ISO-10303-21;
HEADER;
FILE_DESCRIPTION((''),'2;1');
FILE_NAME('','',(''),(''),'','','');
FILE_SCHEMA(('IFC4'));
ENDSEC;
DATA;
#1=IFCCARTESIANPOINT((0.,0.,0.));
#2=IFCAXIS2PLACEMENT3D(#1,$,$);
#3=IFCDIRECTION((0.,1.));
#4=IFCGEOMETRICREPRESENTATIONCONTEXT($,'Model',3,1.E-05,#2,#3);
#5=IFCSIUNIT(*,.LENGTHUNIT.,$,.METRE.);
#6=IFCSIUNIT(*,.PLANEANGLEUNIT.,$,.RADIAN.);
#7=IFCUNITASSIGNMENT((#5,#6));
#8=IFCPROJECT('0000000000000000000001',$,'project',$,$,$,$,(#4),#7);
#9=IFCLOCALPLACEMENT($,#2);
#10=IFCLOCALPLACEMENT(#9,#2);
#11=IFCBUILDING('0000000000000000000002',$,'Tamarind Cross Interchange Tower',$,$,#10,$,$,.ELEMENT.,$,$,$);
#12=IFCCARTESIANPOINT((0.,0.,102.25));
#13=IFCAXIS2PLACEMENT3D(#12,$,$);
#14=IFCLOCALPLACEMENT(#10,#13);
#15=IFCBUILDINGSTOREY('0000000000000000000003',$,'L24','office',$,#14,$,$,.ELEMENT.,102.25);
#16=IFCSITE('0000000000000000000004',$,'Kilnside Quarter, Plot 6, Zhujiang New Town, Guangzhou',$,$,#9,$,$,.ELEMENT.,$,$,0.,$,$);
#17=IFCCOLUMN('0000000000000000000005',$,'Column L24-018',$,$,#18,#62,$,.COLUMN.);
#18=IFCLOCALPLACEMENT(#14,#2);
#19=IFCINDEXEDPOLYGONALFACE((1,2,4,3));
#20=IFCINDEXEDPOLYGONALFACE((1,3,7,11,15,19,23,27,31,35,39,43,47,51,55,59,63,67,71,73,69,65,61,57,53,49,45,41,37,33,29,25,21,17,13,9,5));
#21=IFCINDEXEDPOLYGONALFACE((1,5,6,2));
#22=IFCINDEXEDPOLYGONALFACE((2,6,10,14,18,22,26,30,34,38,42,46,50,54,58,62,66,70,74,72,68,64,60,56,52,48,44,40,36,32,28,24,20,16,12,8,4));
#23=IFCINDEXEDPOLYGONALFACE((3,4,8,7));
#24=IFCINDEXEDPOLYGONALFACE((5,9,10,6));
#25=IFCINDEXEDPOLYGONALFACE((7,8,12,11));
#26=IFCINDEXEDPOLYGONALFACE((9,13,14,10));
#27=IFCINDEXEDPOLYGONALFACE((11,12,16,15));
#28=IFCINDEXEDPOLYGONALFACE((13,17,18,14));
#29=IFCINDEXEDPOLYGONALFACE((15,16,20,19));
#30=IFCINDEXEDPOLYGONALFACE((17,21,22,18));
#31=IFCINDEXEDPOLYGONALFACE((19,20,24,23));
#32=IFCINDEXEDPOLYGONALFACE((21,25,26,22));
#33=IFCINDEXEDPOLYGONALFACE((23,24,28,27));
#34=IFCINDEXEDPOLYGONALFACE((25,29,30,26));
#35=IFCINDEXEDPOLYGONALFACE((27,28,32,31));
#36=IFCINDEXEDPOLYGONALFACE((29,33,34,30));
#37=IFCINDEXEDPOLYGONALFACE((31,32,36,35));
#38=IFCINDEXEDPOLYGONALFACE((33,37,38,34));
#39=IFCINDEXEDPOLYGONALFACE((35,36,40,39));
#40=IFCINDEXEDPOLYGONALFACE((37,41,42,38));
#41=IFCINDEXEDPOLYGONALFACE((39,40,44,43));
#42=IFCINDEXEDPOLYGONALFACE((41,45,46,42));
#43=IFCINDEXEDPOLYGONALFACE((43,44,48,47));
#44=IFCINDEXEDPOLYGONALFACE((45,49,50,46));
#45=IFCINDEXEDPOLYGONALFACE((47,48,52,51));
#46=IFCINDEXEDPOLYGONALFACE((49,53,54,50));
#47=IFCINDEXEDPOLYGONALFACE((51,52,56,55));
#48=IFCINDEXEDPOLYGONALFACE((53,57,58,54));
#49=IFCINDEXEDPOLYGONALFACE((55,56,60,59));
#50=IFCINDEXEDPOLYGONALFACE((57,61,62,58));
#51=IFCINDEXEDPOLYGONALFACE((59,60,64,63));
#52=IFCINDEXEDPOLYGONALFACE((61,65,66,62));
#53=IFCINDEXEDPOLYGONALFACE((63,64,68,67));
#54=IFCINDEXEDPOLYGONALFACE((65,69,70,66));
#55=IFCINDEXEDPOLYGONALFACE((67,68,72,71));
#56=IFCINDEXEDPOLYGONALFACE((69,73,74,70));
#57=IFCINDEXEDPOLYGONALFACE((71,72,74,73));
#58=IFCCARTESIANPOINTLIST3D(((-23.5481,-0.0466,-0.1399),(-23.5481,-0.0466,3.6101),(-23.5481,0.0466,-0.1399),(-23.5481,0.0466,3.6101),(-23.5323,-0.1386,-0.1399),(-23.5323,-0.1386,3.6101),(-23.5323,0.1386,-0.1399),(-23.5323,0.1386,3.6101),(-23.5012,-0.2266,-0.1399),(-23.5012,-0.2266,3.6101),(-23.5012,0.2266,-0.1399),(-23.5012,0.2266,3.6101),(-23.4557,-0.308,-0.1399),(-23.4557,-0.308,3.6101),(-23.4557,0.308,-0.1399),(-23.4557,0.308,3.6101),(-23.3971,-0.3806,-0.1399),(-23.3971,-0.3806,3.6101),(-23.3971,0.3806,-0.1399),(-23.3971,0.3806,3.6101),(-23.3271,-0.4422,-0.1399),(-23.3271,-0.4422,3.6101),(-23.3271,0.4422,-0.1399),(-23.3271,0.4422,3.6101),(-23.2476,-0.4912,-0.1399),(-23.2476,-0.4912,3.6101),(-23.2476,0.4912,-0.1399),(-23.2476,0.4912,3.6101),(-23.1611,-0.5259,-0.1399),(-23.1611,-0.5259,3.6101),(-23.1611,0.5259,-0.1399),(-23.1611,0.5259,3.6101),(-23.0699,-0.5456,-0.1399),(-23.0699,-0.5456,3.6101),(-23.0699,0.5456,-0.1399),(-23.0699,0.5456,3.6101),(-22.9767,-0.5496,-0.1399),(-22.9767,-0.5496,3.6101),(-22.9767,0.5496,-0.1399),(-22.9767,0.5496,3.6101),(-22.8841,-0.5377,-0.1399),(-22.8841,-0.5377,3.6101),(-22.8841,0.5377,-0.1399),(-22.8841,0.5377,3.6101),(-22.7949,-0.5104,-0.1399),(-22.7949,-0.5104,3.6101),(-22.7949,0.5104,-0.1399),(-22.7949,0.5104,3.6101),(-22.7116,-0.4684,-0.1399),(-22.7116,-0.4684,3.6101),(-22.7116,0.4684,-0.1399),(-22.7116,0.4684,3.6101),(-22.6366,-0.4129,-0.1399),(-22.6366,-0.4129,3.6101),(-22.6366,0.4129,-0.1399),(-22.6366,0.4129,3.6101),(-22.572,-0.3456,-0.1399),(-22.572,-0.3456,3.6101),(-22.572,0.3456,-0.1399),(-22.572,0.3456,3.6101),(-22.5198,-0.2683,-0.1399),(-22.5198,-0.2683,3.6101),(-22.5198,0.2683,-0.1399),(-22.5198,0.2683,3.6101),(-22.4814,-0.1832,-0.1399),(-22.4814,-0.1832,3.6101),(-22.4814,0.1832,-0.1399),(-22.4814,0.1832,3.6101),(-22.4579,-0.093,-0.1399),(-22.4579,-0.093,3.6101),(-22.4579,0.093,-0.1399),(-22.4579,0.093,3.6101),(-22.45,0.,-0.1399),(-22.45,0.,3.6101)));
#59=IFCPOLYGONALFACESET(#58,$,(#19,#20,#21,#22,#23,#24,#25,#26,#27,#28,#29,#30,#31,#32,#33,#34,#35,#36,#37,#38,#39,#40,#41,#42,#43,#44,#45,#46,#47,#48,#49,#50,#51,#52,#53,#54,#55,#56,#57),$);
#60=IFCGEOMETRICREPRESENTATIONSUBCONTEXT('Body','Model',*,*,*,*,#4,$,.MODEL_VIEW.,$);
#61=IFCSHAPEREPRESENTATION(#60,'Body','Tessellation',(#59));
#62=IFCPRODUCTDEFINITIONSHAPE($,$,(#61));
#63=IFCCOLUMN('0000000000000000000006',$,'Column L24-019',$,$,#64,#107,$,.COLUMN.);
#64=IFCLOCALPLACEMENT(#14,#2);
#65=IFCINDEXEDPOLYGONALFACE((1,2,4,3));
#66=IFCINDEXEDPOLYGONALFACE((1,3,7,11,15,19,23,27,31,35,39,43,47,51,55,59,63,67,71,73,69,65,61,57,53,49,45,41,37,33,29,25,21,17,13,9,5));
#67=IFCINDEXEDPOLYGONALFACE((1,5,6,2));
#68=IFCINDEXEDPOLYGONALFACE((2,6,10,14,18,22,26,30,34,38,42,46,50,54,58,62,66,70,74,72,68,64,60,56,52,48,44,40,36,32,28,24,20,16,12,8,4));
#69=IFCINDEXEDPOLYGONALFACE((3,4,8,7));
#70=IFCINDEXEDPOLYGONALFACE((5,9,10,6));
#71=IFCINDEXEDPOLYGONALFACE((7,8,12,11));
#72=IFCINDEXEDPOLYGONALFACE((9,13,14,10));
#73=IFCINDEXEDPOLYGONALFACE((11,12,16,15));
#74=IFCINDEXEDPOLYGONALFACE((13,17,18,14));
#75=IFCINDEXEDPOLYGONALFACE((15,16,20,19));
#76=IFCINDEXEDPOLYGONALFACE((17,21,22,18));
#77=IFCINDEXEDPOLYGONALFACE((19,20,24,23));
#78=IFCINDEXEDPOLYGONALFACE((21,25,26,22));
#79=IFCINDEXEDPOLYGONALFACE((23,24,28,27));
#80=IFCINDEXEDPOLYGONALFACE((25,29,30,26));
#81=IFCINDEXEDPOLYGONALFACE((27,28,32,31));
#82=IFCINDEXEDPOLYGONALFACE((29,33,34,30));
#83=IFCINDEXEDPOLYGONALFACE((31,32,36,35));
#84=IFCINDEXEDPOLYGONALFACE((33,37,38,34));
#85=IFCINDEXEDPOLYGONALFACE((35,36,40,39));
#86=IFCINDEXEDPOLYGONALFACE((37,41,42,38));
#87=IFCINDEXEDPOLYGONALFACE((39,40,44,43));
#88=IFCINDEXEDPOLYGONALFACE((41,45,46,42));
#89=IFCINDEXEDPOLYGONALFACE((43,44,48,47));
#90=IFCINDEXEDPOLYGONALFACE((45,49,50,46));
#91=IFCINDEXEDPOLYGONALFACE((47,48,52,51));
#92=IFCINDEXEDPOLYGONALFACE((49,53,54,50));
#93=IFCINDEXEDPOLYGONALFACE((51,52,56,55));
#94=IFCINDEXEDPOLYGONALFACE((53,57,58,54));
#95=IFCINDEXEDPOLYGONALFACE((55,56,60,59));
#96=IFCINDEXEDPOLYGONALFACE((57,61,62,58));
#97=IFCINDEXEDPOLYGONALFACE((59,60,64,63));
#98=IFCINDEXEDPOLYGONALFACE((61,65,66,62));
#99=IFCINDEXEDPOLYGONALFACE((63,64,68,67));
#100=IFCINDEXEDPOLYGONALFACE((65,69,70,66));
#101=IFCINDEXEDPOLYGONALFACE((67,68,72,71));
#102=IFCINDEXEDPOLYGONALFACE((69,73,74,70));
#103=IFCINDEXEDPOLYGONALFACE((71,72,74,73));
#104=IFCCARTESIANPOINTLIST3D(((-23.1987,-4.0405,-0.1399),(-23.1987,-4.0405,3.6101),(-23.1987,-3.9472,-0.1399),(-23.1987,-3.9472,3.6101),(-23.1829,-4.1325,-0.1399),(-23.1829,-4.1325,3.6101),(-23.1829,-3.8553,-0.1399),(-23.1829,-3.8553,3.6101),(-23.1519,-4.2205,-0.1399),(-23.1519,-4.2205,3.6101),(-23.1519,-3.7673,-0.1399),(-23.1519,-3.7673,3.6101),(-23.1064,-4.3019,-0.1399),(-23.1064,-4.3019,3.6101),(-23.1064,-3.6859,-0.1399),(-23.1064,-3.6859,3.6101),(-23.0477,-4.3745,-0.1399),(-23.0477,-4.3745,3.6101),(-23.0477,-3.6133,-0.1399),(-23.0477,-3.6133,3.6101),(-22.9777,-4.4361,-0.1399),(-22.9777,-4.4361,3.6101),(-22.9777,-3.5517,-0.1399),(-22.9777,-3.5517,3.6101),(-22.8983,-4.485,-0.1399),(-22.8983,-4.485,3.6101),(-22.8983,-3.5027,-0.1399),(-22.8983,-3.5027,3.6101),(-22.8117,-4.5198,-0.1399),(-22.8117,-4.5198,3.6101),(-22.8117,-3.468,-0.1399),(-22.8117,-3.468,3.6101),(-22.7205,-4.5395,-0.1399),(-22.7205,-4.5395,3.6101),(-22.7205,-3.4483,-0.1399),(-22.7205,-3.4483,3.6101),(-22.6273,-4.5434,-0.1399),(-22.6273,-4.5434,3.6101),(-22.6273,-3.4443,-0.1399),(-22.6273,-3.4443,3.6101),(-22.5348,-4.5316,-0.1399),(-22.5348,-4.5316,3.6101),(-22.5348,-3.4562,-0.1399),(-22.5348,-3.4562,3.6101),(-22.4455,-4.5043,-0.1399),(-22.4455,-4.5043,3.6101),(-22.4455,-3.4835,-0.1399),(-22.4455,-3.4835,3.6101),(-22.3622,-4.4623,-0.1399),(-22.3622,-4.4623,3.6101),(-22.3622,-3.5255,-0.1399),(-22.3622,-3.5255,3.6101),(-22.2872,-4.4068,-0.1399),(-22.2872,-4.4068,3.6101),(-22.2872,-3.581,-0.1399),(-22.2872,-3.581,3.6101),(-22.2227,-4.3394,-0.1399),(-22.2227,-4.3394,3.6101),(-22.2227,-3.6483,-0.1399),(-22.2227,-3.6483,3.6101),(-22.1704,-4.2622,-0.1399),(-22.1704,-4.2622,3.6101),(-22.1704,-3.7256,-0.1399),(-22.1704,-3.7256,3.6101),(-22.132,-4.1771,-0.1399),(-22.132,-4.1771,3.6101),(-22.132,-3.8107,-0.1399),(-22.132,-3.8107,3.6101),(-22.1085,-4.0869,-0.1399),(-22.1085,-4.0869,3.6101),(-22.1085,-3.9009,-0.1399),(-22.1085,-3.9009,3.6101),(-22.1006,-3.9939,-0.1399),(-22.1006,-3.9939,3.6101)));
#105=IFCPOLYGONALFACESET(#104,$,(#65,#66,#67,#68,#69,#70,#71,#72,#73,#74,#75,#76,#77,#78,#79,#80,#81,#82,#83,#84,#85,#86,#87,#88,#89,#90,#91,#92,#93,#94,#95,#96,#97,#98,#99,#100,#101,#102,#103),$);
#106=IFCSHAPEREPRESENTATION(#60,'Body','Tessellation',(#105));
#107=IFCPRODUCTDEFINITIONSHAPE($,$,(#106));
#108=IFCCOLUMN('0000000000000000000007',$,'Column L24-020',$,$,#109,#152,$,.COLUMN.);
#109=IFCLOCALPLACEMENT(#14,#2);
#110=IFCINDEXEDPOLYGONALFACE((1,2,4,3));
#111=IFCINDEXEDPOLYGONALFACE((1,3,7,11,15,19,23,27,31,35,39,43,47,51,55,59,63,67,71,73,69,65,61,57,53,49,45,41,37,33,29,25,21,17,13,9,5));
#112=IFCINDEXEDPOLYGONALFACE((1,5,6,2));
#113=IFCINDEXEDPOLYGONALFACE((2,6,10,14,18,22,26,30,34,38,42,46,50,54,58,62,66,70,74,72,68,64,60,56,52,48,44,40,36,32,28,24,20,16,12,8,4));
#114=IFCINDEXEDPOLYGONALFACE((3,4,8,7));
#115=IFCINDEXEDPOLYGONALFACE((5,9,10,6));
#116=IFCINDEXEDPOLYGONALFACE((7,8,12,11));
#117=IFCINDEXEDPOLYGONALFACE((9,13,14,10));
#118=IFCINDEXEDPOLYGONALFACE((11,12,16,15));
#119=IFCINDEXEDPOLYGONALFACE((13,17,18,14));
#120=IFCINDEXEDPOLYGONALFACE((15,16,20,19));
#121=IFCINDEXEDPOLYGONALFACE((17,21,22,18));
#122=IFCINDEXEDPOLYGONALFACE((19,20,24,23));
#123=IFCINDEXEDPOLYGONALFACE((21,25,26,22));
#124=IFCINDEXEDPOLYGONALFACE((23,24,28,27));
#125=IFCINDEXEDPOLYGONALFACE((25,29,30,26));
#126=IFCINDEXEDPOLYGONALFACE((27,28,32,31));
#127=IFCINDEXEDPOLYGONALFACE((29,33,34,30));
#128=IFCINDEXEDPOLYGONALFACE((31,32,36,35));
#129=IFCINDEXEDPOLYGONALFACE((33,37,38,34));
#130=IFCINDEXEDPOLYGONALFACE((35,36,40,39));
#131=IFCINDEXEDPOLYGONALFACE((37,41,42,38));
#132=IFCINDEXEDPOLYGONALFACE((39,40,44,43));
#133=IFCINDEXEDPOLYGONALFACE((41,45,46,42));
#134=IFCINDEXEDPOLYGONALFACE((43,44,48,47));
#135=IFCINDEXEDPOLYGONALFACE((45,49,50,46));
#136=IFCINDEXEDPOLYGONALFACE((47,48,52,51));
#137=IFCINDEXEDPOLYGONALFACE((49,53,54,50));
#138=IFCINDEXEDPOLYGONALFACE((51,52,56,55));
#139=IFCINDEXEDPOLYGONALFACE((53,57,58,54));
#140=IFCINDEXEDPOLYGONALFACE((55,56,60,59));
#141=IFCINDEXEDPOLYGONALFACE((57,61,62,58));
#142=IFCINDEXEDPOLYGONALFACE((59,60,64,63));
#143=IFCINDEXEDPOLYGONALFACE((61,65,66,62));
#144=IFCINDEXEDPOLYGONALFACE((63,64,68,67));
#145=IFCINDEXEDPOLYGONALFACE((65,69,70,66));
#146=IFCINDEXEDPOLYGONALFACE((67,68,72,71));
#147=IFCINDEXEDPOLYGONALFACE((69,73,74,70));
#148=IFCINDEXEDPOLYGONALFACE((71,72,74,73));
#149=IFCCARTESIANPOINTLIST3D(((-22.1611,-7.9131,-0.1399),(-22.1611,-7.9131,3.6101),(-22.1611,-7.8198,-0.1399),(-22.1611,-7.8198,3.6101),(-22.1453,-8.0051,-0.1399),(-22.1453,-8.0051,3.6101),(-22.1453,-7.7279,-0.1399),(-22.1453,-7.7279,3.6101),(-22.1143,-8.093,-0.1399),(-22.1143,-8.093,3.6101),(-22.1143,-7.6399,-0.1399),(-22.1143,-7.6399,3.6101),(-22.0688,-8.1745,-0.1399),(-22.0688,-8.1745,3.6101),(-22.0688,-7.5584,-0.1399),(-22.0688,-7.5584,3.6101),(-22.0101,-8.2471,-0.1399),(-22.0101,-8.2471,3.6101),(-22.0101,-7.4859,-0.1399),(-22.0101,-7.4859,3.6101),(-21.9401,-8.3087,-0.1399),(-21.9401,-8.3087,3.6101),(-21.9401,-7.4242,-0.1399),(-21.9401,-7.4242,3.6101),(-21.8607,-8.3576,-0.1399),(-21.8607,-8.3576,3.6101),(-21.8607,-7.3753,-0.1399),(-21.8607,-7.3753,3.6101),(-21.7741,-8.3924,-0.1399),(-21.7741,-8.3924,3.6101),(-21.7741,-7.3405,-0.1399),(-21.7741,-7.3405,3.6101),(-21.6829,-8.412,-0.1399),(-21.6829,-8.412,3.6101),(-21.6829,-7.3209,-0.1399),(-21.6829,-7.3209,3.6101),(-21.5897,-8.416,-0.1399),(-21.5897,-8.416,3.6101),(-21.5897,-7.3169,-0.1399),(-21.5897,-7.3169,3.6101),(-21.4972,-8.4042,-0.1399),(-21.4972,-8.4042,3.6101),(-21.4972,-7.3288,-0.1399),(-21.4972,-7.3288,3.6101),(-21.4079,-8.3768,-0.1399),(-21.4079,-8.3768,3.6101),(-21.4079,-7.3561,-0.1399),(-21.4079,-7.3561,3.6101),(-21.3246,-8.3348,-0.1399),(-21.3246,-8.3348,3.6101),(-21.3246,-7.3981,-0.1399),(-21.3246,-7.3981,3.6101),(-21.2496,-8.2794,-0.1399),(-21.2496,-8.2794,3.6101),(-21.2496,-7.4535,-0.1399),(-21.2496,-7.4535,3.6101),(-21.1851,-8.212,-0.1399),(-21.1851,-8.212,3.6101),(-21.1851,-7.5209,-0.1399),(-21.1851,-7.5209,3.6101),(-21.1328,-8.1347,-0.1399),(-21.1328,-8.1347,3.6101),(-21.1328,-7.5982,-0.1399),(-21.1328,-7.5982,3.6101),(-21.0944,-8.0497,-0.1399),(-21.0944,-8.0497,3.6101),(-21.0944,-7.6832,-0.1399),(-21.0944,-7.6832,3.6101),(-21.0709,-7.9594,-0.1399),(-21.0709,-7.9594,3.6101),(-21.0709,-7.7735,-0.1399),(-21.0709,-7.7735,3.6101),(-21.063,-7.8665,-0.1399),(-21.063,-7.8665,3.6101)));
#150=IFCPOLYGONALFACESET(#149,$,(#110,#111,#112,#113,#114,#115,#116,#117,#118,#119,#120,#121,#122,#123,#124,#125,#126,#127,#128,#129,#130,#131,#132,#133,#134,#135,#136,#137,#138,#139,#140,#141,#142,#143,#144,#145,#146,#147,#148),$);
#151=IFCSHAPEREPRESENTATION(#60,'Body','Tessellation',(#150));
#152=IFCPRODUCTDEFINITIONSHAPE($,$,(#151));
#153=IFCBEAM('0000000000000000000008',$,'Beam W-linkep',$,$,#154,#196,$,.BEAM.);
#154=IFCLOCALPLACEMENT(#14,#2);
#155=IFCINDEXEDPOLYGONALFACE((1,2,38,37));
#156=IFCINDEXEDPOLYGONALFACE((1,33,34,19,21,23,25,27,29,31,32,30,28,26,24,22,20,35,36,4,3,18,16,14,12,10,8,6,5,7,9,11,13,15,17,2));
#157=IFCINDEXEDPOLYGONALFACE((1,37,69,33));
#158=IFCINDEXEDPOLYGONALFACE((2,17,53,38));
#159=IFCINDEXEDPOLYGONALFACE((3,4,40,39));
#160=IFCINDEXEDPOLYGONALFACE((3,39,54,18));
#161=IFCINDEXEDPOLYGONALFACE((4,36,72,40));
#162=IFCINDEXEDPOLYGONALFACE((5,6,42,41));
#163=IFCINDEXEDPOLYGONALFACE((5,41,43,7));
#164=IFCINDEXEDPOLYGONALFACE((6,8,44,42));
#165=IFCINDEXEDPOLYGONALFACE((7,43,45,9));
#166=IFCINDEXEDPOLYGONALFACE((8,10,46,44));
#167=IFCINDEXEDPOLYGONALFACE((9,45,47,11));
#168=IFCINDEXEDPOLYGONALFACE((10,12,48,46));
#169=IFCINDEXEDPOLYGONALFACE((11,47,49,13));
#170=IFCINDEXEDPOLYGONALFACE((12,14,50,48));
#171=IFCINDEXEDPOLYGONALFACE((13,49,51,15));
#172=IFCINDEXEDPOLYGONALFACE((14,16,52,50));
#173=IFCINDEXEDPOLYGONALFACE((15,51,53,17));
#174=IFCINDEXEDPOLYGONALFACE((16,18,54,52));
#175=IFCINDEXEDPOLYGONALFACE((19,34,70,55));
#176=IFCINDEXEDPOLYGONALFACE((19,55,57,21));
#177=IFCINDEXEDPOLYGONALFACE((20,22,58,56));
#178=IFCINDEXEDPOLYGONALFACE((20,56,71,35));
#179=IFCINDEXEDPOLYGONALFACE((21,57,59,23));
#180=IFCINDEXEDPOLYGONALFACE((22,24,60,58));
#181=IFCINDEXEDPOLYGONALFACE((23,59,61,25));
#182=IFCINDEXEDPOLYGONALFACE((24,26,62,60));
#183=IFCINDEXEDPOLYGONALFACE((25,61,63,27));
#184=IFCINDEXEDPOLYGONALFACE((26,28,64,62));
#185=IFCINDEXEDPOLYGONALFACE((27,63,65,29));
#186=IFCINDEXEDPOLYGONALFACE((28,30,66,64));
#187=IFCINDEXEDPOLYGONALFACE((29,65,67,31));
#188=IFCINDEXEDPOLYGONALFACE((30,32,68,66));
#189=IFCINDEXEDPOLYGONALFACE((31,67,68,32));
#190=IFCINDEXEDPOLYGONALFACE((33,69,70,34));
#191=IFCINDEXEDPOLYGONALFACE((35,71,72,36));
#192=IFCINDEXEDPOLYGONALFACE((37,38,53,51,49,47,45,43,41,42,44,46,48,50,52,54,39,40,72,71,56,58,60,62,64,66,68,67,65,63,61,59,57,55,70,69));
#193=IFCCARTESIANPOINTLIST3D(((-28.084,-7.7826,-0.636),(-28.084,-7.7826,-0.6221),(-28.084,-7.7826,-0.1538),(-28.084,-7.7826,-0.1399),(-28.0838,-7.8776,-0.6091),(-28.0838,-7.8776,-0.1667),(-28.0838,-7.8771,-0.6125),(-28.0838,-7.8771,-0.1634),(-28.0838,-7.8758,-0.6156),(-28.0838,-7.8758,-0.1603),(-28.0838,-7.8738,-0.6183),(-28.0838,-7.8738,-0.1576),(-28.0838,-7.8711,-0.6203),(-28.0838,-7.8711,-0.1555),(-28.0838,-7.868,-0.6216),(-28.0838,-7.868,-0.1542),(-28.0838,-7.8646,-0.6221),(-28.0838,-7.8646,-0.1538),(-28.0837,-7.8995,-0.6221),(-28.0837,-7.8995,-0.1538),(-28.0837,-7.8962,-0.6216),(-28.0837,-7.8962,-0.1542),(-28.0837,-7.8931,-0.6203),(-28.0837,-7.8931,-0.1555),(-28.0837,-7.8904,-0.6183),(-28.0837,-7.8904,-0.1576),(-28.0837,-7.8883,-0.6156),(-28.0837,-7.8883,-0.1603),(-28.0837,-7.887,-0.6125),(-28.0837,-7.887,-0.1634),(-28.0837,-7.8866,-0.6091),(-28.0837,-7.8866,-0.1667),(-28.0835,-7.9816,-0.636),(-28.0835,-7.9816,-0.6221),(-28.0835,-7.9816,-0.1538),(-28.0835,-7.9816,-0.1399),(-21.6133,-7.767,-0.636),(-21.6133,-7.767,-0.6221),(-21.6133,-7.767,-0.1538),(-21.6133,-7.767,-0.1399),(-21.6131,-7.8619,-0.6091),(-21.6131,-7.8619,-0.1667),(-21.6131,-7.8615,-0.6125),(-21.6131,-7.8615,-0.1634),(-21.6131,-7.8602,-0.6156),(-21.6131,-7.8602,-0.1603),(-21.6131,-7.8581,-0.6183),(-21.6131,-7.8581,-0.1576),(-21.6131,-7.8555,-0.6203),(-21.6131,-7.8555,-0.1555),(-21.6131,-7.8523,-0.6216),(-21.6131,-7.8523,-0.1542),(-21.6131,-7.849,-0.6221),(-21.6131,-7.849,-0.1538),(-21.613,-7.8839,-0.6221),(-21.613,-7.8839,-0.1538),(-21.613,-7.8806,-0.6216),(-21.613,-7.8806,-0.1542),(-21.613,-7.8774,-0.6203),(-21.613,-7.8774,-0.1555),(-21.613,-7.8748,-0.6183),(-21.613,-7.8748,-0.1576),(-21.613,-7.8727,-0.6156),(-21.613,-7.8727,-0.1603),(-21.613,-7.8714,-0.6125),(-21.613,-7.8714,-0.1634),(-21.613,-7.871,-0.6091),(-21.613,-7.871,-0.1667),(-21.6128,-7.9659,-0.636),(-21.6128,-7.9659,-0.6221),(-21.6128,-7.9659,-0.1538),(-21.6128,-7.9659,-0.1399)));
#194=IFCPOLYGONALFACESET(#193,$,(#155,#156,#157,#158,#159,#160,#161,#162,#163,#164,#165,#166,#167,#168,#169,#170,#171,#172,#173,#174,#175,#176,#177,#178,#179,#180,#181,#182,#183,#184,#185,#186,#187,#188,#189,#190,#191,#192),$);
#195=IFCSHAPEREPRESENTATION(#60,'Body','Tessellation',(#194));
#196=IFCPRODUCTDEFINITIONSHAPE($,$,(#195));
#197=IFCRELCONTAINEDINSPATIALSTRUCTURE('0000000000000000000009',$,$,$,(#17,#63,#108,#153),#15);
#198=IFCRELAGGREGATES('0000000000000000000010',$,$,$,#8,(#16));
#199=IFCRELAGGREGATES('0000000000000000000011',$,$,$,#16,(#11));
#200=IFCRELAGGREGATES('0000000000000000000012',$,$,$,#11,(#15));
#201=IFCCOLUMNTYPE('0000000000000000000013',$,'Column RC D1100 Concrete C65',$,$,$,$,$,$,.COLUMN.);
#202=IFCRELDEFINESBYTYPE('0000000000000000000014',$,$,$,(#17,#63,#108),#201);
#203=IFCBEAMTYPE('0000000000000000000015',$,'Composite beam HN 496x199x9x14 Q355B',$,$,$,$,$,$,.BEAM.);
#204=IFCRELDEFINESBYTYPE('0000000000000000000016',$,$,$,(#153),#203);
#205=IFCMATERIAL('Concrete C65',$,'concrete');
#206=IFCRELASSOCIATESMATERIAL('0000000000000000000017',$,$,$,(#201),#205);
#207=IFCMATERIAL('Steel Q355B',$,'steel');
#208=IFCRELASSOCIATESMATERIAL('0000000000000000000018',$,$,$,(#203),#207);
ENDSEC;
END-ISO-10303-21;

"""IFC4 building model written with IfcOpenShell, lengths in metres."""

from ifc_helpers import new_model, si_unit, direction, frame, origin, origin_2d, place, context, subcontext, project, spatial, circle, i_section, extrude, material, material_profile, profile_set, type_object, element, save


model = new_model("IFC4")

# Units and contexts
model_context = context("Model", 3, precision=1e-05, world=origin(), true_north=direction((0.0, 1.0)))
body_context = subcontext(model_context, "Body", "Model", "MODEL_VIEW")
ifc_project = project(units=[si_unit("LENGTHUNIT", "METRE"), si_unit("PLANEANGLEUNIT", "RADIAN")], contexts=[model_context])

# Site, building, storey
site_placement = place(None, origin())
site = spatial("IfcSite", under=ifc_project, at=site_placement, Name="Kilnside Quarter, Plot 6, Zhujiang New Town, Guangzhou", CompositionType="ELEMENT", RefElevation=0.0)
building_placement = place(site_placement, origin())
building = spatial("IfcBuilding", under=site, at=building_placement, Name="Tamarind Cross Interchange Tower", CompositionType="ELEMENT")
storey_placement = place(building_placement, frame((0.0, 0.0, 102.25)))
storey = spatial("IfcBuildingStorey", under=building, at=storey_placement, Name="L24", Description="office", CompositionType="ELEMENT", Elevation=102.25)

# Columns
ifc_material_1 = material(Name="Concrete C65", Category="concrete")
ifc_material_profile_1 = material_profile(ifc_material_1, circle(Radius=0.55, at=origin_2d()), Name="RC D1100")
ifc_profile_set_1 = profile_set([ifc_material_profile_1], Name="Concrete C65")
column_type = type_object("IfcColumnType", Name="Column RC D1100 Concrete C65", PredefinedType="COLUMN", material=ifc_profile_set_1)
for number, where, z_axis, x_axis, name in (
    (1, (-23.0, 0.0, -0.1399), (0.0, 0.0, 1.0), (1.0, 0.0, 0.0), "Column L24-018"),
    (2, (-22.6506, -3.9939, -0.1399), (0.0, 0.0, 1.0), (1.0, 0.0, 0.0), "Column L24-019"),
    (3, (-21.613, -7.8665, -0.1399), (0.0, 0.0, 1.0), (1.0, 0.0, 0.0), "Column L24-020"),
):
    element("IfcColumn", number, at=place(storey_placement, frame(where, z_axis=z_axis, x_axis=x_axis)), inside=storey, type_object=column_type, Name=name, PredefinedType="COLUMN", context=body_context, shape_type="SweptSolid", body=[
        extrude(circle(Radius=0.55, at=origin_2d()), origin(), (0.0, 0.0, 1.0), 3.75),
    ])

# Beam
ifc_material_2 = material(Name="Steel Q355B", Category="steel")
ifc_material_profile_2 = material_profile(ifc_material_2, i_section(OverallWidth=0.199, OverallDepth=0.4961, WebThickness=0.009, FlangeThickness=0.0139, FilletRadius=0.0129, at=origin_2d()), Name="HN 496x199x9x14")
ifc_profile_set_2 = profile_set([ifc_material_profile_2], Name="Steel Q355B")
beam_type_1 = type_object("IfcBeamType", Name="Composite beam HN 496x199x9x14 Q355B", PredefinedType="BEAM", material=ifc_profile_set_2)
beam_1_placement = place(storey_placement, frame((-28.0837, -7.8821, -0.3879), z_axis=(0.999997, 0.002415, 0.0), x_axis=(-0.002415, 0.999997, 0.0)))
element("IfcBeam", 4, at=beam_1_placement, inside=storey, type_object=beam_type_1, Name="Beam W-linkep", PredefinedType="BEAM", context=body_context, shape_type="SweptSolid", body=[
    extrude(i_section(OverallWidth=0.199, OverallDepth=0.4961, WebThickness=0.009, FlangeThickness=0.0139, FilletRadius=0.0129, at=origin_2d()), origin(), (0.0, 0.0, 1.0), 6.4707),
])

save(model, "model.ifc")
